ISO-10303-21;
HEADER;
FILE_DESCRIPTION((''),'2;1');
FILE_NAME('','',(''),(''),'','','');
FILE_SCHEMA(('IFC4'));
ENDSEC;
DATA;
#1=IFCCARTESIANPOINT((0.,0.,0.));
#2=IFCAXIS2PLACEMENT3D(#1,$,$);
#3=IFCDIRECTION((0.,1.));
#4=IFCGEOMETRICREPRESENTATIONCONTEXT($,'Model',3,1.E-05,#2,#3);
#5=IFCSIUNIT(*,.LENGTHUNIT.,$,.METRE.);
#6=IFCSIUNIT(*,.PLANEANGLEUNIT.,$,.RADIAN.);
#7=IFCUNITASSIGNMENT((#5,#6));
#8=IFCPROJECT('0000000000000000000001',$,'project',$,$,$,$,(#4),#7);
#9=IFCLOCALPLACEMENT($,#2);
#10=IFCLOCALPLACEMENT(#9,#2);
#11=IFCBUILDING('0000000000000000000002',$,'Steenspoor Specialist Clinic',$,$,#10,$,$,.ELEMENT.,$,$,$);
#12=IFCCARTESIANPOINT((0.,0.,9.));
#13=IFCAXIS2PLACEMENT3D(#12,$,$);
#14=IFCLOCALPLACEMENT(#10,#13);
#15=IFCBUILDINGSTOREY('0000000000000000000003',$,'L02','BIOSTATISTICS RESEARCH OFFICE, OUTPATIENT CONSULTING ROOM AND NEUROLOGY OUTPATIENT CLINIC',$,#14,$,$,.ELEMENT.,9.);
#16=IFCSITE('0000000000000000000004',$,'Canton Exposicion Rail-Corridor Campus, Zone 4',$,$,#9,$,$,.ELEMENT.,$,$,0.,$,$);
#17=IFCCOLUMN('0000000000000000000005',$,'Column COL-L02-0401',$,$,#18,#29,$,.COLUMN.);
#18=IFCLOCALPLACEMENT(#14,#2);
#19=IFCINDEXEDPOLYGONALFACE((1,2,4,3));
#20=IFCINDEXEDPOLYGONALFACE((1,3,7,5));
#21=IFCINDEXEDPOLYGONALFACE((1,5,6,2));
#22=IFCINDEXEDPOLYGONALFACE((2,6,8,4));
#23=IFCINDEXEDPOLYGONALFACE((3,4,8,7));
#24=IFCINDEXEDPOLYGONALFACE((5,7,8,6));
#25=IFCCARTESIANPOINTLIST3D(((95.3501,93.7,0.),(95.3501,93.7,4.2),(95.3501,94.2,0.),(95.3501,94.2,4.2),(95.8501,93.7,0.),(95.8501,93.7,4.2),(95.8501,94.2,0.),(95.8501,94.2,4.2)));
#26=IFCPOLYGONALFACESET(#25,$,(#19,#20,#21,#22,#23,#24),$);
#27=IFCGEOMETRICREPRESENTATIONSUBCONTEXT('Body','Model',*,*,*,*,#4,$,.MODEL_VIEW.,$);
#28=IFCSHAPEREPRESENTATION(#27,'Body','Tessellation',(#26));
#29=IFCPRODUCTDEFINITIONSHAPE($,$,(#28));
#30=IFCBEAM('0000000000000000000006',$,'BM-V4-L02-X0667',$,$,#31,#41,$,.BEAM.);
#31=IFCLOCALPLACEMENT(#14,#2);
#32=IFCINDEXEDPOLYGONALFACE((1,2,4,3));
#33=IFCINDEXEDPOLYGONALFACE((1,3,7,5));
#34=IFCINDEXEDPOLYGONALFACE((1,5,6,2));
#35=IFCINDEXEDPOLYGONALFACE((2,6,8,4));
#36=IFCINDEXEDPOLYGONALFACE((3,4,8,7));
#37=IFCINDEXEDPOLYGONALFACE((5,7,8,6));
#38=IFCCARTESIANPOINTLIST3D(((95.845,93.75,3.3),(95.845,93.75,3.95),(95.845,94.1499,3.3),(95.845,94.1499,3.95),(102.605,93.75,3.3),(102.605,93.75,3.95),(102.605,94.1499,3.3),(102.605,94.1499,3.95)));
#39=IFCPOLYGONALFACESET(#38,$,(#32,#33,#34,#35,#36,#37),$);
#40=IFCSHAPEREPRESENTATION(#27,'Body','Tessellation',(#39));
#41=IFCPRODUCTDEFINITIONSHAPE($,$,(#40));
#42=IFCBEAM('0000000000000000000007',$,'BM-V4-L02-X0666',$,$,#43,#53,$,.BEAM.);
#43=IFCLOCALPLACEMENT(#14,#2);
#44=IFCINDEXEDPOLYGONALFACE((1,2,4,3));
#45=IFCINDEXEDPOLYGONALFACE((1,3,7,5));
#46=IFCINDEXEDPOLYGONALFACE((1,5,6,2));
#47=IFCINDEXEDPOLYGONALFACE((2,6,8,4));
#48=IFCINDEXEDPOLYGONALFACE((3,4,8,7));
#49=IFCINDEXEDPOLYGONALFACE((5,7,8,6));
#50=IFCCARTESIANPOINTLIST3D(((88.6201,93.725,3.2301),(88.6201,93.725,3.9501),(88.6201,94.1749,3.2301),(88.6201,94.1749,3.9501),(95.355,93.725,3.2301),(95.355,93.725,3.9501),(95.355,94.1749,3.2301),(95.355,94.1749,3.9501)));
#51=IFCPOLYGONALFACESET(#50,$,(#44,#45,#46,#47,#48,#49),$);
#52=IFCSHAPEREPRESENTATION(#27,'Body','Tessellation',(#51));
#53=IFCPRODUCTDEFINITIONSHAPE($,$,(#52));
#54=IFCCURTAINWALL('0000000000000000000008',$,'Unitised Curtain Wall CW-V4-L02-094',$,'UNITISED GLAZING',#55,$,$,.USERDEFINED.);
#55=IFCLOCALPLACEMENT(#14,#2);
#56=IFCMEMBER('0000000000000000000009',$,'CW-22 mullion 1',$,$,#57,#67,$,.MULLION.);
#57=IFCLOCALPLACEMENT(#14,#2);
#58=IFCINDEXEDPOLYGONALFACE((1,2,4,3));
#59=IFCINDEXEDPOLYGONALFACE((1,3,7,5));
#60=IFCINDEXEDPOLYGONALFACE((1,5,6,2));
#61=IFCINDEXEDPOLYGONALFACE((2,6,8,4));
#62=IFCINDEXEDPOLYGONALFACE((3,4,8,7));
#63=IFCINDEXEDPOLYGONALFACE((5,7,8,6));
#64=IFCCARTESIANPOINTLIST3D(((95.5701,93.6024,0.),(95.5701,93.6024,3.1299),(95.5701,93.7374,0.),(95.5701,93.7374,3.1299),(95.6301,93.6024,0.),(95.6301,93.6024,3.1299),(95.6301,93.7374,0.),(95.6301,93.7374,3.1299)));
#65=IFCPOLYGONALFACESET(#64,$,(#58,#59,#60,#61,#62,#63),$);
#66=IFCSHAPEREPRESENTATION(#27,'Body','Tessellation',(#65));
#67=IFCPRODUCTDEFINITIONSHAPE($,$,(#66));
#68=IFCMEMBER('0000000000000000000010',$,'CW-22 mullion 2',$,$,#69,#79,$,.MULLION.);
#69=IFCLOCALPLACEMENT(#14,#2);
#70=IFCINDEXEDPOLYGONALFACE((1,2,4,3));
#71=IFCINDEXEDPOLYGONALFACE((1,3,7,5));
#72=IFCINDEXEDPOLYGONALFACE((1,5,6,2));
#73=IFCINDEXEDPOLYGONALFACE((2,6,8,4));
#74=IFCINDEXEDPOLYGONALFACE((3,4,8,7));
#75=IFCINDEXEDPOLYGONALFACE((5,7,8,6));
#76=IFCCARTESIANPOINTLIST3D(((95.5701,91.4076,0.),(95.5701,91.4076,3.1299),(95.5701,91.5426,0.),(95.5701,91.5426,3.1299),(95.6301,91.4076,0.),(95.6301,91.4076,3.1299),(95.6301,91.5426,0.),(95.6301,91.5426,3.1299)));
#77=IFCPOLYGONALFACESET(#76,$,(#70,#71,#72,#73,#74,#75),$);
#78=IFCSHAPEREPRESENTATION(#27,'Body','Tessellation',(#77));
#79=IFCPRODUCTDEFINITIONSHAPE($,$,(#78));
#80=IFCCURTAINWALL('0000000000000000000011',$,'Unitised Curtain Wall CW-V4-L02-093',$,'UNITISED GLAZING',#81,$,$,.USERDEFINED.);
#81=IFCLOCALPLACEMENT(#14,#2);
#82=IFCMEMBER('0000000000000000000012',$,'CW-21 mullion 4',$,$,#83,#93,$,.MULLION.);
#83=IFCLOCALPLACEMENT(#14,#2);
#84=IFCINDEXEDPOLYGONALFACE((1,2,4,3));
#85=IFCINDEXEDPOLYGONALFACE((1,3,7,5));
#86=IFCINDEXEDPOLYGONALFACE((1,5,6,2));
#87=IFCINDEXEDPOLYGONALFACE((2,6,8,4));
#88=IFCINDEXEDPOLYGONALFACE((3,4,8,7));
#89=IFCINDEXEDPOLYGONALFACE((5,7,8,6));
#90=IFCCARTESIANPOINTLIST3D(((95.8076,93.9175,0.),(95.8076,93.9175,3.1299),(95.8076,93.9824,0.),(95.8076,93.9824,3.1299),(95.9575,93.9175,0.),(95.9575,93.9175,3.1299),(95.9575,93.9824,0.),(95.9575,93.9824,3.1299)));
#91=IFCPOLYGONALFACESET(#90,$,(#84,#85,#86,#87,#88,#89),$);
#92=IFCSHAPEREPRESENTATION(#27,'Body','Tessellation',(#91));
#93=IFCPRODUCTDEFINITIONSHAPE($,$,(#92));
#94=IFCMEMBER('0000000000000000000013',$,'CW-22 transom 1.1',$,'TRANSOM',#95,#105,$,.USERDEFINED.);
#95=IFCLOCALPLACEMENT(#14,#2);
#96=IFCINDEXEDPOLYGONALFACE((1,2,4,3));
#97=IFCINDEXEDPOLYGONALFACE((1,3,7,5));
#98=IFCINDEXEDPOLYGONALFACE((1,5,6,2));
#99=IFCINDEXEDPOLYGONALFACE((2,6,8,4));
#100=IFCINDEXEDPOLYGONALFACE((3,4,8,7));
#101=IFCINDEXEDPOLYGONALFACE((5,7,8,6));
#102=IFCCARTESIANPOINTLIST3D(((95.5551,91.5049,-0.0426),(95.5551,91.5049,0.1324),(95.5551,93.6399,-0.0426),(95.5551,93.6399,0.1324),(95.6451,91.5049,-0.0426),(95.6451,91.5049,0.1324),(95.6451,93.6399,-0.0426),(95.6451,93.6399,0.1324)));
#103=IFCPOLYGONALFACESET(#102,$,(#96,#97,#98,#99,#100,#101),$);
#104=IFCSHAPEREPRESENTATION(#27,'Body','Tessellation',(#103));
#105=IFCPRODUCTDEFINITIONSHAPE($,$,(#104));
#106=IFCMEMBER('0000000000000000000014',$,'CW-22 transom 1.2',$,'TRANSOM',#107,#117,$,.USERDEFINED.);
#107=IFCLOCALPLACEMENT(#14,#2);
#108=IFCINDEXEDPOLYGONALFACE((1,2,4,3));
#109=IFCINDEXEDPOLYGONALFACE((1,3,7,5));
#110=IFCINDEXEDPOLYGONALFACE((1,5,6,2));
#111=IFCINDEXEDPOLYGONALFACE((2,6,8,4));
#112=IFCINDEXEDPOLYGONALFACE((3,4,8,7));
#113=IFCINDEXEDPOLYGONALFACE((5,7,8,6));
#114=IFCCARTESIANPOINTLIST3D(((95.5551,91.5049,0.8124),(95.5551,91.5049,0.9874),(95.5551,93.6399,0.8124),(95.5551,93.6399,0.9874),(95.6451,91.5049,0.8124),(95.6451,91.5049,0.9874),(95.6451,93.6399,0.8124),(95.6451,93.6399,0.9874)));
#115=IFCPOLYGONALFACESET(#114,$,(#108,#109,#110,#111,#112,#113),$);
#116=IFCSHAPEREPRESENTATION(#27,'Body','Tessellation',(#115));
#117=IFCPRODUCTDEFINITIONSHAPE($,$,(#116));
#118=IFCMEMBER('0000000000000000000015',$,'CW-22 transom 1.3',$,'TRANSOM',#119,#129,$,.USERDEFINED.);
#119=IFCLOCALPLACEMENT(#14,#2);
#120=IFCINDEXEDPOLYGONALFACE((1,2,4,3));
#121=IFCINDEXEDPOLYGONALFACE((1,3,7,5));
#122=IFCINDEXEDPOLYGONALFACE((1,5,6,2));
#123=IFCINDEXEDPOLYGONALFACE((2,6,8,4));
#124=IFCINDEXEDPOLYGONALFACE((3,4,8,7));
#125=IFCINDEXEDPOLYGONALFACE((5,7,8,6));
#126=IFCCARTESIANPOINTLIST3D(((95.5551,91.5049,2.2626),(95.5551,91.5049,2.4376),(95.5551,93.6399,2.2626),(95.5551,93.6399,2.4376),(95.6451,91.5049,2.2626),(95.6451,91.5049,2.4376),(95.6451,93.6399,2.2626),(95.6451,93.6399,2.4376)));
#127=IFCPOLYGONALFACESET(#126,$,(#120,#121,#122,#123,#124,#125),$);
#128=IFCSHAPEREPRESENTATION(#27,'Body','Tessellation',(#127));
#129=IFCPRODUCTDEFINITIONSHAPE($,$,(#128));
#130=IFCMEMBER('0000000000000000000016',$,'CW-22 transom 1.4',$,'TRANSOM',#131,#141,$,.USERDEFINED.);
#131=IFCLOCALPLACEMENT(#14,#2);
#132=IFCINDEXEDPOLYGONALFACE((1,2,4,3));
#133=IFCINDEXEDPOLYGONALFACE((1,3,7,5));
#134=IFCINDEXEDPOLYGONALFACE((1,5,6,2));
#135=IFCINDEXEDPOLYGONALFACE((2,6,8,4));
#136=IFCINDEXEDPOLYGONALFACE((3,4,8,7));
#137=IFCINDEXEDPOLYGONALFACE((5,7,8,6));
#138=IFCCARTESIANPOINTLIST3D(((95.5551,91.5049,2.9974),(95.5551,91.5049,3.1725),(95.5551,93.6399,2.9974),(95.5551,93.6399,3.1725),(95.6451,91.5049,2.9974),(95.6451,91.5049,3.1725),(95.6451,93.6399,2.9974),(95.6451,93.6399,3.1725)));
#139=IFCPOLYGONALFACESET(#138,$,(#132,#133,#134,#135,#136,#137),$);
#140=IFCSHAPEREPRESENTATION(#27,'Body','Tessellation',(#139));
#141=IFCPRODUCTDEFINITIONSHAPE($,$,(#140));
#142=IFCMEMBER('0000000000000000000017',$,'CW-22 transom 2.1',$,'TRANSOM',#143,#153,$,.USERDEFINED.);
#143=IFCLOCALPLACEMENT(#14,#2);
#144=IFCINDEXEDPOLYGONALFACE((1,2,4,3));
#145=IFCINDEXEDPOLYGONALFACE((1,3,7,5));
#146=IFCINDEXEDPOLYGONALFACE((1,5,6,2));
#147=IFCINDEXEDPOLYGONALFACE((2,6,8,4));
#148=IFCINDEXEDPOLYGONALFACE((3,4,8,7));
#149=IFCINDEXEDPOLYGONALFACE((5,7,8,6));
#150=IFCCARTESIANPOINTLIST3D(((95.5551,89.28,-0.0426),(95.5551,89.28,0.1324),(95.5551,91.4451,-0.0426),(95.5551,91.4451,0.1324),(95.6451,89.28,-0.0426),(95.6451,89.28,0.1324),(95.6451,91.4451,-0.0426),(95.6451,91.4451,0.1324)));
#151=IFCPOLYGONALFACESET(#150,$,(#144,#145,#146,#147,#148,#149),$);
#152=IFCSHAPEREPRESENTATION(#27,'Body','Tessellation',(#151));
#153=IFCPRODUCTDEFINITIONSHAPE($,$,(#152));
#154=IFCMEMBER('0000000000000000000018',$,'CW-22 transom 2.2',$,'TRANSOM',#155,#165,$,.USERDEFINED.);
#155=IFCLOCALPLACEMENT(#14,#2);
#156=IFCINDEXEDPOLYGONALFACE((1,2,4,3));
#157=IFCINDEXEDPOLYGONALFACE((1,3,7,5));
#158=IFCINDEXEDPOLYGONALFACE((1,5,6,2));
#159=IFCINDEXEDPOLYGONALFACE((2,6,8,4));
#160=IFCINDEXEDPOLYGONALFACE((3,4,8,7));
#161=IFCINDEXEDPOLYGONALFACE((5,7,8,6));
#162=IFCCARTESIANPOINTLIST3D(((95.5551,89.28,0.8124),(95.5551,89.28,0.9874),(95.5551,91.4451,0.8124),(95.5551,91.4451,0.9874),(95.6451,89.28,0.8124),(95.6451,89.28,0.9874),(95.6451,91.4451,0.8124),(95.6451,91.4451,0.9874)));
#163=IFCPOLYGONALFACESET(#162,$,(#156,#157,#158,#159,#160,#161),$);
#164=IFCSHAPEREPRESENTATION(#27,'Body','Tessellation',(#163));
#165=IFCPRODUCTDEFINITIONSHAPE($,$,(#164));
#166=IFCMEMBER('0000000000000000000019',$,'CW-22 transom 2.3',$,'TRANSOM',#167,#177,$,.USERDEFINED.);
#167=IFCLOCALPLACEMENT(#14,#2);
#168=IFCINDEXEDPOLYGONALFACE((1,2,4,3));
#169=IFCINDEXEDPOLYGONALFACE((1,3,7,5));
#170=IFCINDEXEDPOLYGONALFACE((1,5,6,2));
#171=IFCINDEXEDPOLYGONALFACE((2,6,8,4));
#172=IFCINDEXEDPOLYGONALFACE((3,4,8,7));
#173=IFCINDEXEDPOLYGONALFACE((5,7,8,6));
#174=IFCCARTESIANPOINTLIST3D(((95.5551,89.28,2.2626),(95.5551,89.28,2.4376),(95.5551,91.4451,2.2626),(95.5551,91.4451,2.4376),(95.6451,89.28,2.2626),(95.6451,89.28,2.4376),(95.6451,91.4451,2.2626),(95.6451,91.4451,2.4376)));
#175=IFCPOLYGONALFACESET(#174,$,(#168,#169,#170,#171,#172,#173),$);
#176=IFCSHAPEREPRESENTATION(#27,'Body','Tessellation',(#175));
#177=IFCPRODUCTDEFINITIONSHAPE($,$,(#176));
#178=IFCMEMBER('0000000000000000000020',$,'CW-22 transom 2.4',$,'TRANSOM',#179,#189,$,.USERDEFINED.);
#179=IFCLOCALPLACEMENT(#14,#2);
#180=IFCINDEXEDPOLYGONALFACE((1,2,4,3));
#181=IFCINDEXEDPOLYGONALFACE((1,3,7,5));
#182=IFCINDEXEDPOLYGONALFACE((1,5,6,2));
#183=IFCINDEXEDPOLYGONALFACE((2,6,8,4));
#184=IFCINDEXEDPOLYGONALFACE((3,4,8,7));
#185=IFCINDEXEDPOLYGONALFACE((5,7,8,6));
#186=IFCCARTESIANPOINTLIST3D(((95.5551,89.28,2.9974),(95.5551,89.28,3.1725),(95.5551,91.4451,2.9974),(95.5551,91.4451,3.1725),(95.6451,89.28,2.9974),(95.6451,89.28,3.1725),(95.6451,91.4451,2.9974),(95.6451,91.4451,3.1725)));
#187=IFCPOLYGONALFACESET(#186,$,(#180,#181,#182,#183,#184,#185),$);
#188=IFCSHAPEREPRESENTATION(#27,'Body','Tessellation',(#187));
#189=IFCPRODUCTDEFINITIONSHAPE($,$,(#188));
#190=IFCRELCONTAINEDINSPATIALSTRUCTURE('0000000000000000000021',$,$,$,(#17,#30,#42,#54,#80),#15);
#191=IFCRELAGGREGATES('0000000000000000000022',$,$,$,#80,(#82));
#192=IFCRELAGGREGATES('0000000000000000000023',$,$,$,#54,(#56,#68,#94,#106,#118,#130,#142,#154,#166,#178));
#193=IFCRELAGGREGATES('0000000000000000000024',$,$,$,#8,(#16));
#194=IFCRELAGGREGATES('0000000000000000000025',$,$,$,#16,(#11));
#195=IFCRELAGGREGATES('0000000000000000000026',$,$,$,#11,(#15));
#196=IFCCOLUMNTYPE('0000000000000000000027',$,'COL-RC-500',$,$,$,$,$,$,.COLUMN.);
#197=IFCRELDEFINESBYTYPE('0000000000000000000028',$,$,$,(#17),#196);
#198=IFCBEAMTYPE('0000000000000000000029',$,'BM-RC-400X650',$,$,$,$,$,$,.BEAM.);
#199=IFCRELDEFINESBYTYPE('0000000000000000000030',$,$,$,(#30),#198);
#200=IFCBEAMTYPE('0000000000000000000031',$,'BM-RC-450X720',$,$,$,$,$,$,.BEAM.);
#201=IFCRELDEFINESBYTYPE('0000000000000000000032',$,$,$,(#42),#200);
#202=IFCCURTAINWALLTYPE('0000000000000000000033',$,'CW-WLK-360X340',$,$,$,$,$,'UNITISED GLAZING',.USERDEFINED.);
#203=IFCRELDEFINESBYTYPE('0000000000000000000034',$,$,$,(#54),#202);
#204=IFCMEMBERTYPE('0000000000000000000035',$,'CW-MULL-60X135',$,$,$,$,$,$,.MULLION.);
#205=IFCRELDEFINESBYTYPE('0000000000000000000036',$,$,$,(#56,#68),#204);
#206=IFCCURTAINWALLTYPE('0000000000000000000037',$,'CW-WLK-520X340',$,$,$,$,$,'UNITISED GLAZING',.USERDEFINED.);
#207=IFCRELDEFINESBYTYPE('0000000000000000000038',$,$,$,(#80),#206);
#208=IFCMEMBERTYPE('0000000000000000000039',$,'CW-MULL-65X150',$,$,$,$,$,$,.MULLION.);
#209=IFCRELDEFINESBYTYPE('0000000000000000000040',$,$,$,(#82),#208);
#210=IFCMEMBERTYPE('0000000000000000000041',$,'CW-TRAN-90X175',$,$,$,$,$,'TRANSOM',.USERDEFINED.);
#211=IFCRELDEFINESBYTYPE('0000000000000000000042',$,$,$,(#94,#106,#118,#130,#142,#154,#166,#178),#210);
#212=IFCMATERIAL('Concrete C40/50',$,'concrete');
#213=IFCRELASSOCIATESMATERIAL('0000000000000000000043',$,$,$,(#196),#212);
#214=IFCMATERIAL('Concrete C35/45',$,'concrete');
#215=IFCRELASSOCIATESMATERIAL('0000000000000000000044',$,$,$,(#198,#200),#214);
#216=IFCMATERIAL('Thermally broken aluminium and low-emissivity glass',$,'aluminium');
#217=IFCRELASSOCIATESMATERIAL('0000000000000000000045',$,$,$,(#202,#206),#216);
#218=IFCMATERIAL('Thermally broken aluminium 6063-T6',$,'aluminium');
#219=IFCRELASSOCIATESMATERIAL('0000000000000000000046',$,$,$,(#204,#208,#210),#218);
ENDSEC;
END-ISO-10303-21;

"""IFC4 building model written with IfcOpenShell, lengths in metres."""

from ifc_helpers import new_model, si_unit, direction, frame, origin, origin_2d, place, context, subcontext, project, spatial, rectangle, extrude, material, material_profile, profile_set, type_object, element, aggregate, save


model = new_model("IFC4")

# Units and contexts
model_context = context("Model", 3, precision=1e-05, world=origin(), true_north=direction((0.0, 1.0)))
body_context = subcontext(model_context, "Body", "Model", "MODEL_VIEW")
ifc_project = project(units=[si_unit("LENGTHUNIT", "METRE"), si_unit("PLANEANGLEUNIT", "RADIAN")], contexts=[model_context])

# Site, building, storey
site_placement = place(None, origin())
site = spatial("IfcSite", under=ifc_project, at=site_placement, Name="Canton Exposicion Rail-Corridor Campus, Zone 4", CompositionType="ELEMENT", RefElevation=0.0)
building_placement = place(site_placement, origin())
building = spatial("IfcBuilding", under=site, at=building_placement, Name="Steenspoor Specialist Clinic", CompositionType="ELEMENT")
storey_placement = place(building_placement, frame((0.0, 0.0, 9.0)))
storey = spatial("IfcBuildingStorey", under=building, at=storey_placement, Name="L02", Description="BIOSTATISTICS RESEARCH OFFICE, OUTPATIENT CONSULTING ROOM AND NEUROLOGY OUTPATIENT CLINIC", CompositionType="ELEMENT", Elevation=9.0)

# Column
ifc_material_1 = material(Name="Concrete C40/50", Category="concrete")
ifc_material_profile_1 = material_profile(ifc_material_1, rectangle(XDim=0.5, YDim=0.5, at=origin_2d()), Name="RC-COL-500X500")
ifc_profile_set_1 = profile_set([ifc_material_profile_1], Name="Concrete C40/50")
column_type = type_object("IfcColumnType", Name="COL-RC-500", PredefinedType="COLUMN", material=ifc_profile_set_1)
column_placement = place(storey_placement, frame((95.6001, 93.95, 0.0), z_axis=(0.0, 0.0, 1.0), x_axis=(1.0, 0.0, 0.0)))
element("IfcColumn", 1, at=column_placement, inside=storey, type_object=column_type, Name="Column COL-L02-0401", PredefinedType="COLUMN", context=body_context, shape_type="SweptSolid", body=[
    extrude(rectangle(XDim=0.5, YDim=0.5, at=origin_2d()), origin(), (0.0, 0.0, 1.0), 4.2),
])

# Beams
ifc_material_2 = material(Name="Concrete C35/45", Category="concrete")
ifc_material_profile_2 = material_profile(ifc_material_2, rectangle(XDim=0.3999, YDim=0.6499, at=origin_2d()), Name="RC-BM-400X650")
ifc_profile_set_2 = profile_set([ifc_material_profile_2], Name="Concrete C35/45")
beam_type_1 = type_object("IfcBeamType", Name="BM-RC-400X650", PredefinedType="BEAM", material=ifc_profile_set_2)
beam_1_placement = place(storey_placement, frame((95.845, 93.95, 3.625), z_axis=(1.0, 0.0, 0.0), x_axis=(0.0, 1.0, 0.0)))
element("IfcBeam", 2, at=beam_1_placement, inside=storey, type_object=beam_type_1, Name="BM-V4-L02-X0667", PredefinedType="BEAM", context=body_context, shape_type="SweptSolid", body=[
    extrude(rectangle(XDim=0.3999, YDim=0.6499, at=origin_2d()), origin(), (0.0, 0.0, 1.0), 6.76),
])
ifc_material_profile_3 = material_profile(ifc_material_2, rectangle(XDim=0.45, YDim=0.72, at=origin_2d()), Name="RC-BM-450X720")
ifc_profile_set_3 = profile_set([ifc_material_profile_3], Name="Concrete C35/45")
beam_type_2 = type_object("IfcBeamType", Name="BM-RC-450X720", PredefinedType="BEAM", material=ifc_profile_set_3)
beam_2_placement = place(storey_placement, frame((88.6201, 93.95, 3.5901), z_axis=(1.0, 0.0, 0.0), x_axis=(0.0, 1.0, 0.0)))
element("IfcBeam", 3, at=beam_2_placement, inside=storey, type_object=beam_type_2, Name="BM-V4-L02-X0666", PredefinedType="BEAM", context=body_context, shape_type="SweptSolid", body=[
    extrude(rectangle(XDim=0.45, YDim=0.72, at=origin_2d()), origin(), (0.0, 0.0, 1.0), 6.7349),
])

# Curtain wall, members
ifc_material_3 = material(Name="Thermally broken aluminium and low-emissivity glass", Category="aluminium")
curtain_wall_type_1 = type_object("IfcCurtainWallType", Name="CW-WLK-360X340", ElementType="UNITISED GLAZING", PredefinedType="USERDEFINED", material=ifc_material_3)
curtain_wall_1_placement = place(storey_placement, origin())
curtain_wall_1 = element("IfcCurtainWall", 4, at=curtain_wall_1_placement, inside=storey, type_object=curtain_wall_type_1, Name="Unitised Curtain Wall CW-V4-L02-094", ObjectType="UNITISED GLAZING", PredefinedType="USERDEFINED")
ifc_material_4 = material(Name="Thermally broken aluminium 6063-T6", Category="aluminium")
ifc_material_profile_4 = material_profile(ifc_material_4, rectangle(XDim=0.0601, YDim=0.135, at=origin_2d()), Name="CWM-60X135")
ifc_profile_set_4 = profile_set([ifc_material_profile_4], Name="Thermally broken aluminium 6063-T6")
member_type_1 = type_object("IfcMemberType", Name="CW-MULL-60X135", PredefinedType="MULLION", material=ifc_profile_set_4)
member_1_placement = place(storey_placement, frame((95.6001, 93.6699, 0.0), z_axis=(0.0, 0.0, 1.0), x_axis=(1.0, 0.0, 0.0)))
member_1 = element("IfcMember", 5, at=member_1_placement, type_object=member_type_1, Name="CW-22 mullion 1", PredefinedType="MULLION", context=body_context, shape_type="SweptSolid", body=[
    extrude(rectangle(XDim=0.0601, YDim=0.135, at=origin_2d()), origin(), (0.0, 0.0, 1.0), 3.1299),
])
member_2_placement = place(storey_placement, frame((95.6001, 91.4751, 0.0), z_axis=(0.0, 0.0, 1.0), x_axis=(1.0, 0.0, 0.0)))
member_2 = element("IfcMember", 6, at=member_2_placement, type_object=member_type_1, Name="CW-22 mullion 2", PredefinedType="MULLION", context=body_context, shape_type="SweptSolid", body=[
    extrude(rectangle(XDim=0.0601, YDim=0.135, at=origin_2d()), origin(), (0.0, 0.0, 1.0), 3.1299),
])

# Curtain wall, member
curtain_wall_type_2 = type_object("IfcCurtainWallType", Name="CW-WLK-520X340", ElementType="UNITISED GLAZING", PredefinedType="USERDEFINED", material=ifc_material_3)
curtain_wall_2_placement = place(storey_placement, origin())
curtain_wall_2 = element("IfcCurtainWall", 7, at=curtain_wall_2_placement, inside=storey, type_object=curtain_wall_type_2, Name="Unitised Curtain Wall CW-V4-L02-093", ObjectType="UNITISED GLAZING", PredefinedType="USERDEFINED")
ifc_material_profile_5 = material_profile(ifc_material_4, rectangle(XDim=0.0649, YDim=0.1499, at=origin_2d()), Name="CWM-65X150")
ifc_profile_set_5 = profile_set([ifc_material_profile_5], Name="Thermally broken aluminium 6063-T6")
member_type_2 = type_object("IfcMemberType", Name="CW-MULL-65X150", PredefinedType="MULLION", material=ifc_profile_set_5)
member_3_placement = place(storey_placement, frame((95.8826, 93.95, 0.0), z_axis=(0.0, 0.0, 1.0), x_axis=(0.0, -1.0, 0.0)))
member_3 = element("IfcMember", 8, at=member_3_placement, type_object=member_type_2, Name="CW-21 mullion 4", PredefinedType="MULLION", context=body_context, shape_type="SweptSolid", body=[
    extrude(rectangle(XDim=0.0649, YDim=0.1499, at=origin_2d()), origin(), (0.0, 0.0, 1.0), 3.1299),
])

# Members
ifc_material_profile_6 = material_profile(ifc_material_4, rectangle(XDim=0.0901, YDim=0.175, at=origin_2d()), Name="CWT-90X175")
ifc_profile_set_6 = profile_set([ifc_material_profile_6], Name="Thermally broken aluminium 6063-T6")
member_type_3 = type_object("IfcMemberType", Name="CW-TRAN-90X175", ElementType="TRANSOM", PredefinedType="USERDEFINED", material=ifc_profile_set_6)
member_4_placement = place(storey_placement, frame((95.6001, 93.6399, 0.0449), z_axis=(0.0, -1.0, 0.0), x_axis=(1.0, 0.0, 0.0)))
member_4 = element("IfcMember", 9, at=member_4_placement, type_object=member_type_3, Name="CW-22 transom 1.1", ObjectType="TRANSOM", PredefinedType="USERDEFINED", context=body_context, shape_type="SweptSolid", body=[
    extrude(rectangle(XDim=0.0901, YDim=0.175, at=origin_2d()), origin(), (0.0, 0.0, 1.0), 2.135),
])
member_5_placement = place(storey_placement, frame((95.6001, 93.6399, 0.8999), z_axis=(0.0, -1.0, 0.0), x_axis=(1.0, 0.0, 0.0)))
member_5 = element("IfcMember", 10, at=member_5_placement, type_object=member_type_3, Name="CW-22 transom 1.2", ObjectType="TRANSOM", PredefinedType="USERDEFINED", context=body_context, shape_type="SweptSolid", body=[
    extrude(rectangle(XDim=0.0901, YDim=0.175, at=origin_2d()), origin(), (0.0, 0.0, 1.0), 2.135),
])
member_6_placement = place(storey_placement, frame((95.6001, 93.6399, 2.3501), z_axis=(0.0, -1.0, 0.0), x_axis=(1.0, 0.0, 0.0)))
member_6 = element("IfcMember", 11, at=member_6_placement, type_object=member_type_3, Name="CW-22 transom 1.3", ObjectType="TRANSOM", PredefinedType="USERDEFINED", context=body_context, shape_type="SweptSolid", body=[
    extrude(rectangle(XDim=0.0901, YDim=0.175, at=origin_2d()), origin(), (0.0, 0.0, 1.0), 2.135),
])
member_7_placement = place(storey_placement, frame((95.6001, 93.6399, 3.085), z_axis=(0.0, -1.0, 0.0), x_axis=(1.0, 0.0, 0.0)))
member_7 = element("IfcMember", 12, at=member_7_placement, type_object=member_type_3, Name="CW-22 transom 1.4", ObjectType="TRANSOM", PredefinedType="USERDEFINED", context=body_context, shape_type="SweptSolid", body=[
    extrude(rectangle(XDim=0.0901, YDim=0.175, at=origin_2d()), origin(), (0.0, 0.0, 1.0), 2.135),
])
member_8_placement = place(storey_placement, frame((95.6001, 91.4451, 0.0449), z_axis=(0.0, -1.0, 0.0), x_axis=(1.0, 0.0, 0.0)))
member_8 = element("IfcMember", 13, at=member_8_placement, type_object=member_type_3, Name="CW-22 transom 2.1", ObjectType="TRANSOM", PredefinedType="USERDEFINED", context=body_context, shape_type="SweptSolid", body=[
    extrude(rectangle(XDim=0.0901, YDim=0.175, at=origin_2d()), origin(), (0.0, 0.0, 1.0), 2.165),
])
member_9_placement = place(storey_placement, frame((95.6001, 91.4451, 0.8999), z_axis=(0.0, -1.0, 0.0), x_axis=(1.0, 0.0, 0.0)))
member_9 = element("IfcMember", 14, at=member_9_placement, type_object=member_type_3, Name="CW-22 transom 2.2", ObjectType="TRANSOM", PredefinedType="USERDEFINED", context=body_context, shape_type="SweptSolid", body=[
    extrude(rectangle(XDim=0.0901, YDim=0.175, at=origin_2d()), origin(), (0.0, 0.0, 1.0), 2.165),
])
member_10_placement = place(storey_placement, frame((95.6001, 91.4451, 2.3501), z_axis=(0.0, -1.0, 0.0), x_axis=(1.0, 0.0, 0.0)))
member_10 = element("IfcMember", 15, at=member_10_placement, type_object=member_type_3, Name="CW-22 transom 2.3", ObjectType="TRANSOM", PredefinedType="USERDEFINED", context=body_context, shape_type="SweptSolid", body=[
    extrude(rectangle(XDim=0.0901, YDim=0.175, at=origin_2d()), origin(), (0.0, 0.0, 1.0), 2.165),
])
member_11_placement = place(storey_placement, frame((95.6001, 91.4451, 3.085), z_axis=(0.0, -1.0, 0.0), x_axis=(1.0, 0.0, 0.0)))
member_11 = element("IfcMember", 16, at=member_11_placement, type_object=member_type_3, Name="CW-22 transom 2.4", ObjectType="TRANSOM", PredefinedType="USERDEFINED", context=body_context, shape_type="SweptSolid", body=[
    extrude(rectangle(XDim=0.0901, YDim=0.175, at=origin_2d()), origin(), (0.0, 0.0, 1.0), 2.165),
])

aggregate(curtain_wall_2, [member_3])
aggregate(curtain_wall_1, [member_1, member_2, member_4, member_5, member_6, member_7, member_8, member_9, member_10, member_11])

save(model, "model.ifc")
